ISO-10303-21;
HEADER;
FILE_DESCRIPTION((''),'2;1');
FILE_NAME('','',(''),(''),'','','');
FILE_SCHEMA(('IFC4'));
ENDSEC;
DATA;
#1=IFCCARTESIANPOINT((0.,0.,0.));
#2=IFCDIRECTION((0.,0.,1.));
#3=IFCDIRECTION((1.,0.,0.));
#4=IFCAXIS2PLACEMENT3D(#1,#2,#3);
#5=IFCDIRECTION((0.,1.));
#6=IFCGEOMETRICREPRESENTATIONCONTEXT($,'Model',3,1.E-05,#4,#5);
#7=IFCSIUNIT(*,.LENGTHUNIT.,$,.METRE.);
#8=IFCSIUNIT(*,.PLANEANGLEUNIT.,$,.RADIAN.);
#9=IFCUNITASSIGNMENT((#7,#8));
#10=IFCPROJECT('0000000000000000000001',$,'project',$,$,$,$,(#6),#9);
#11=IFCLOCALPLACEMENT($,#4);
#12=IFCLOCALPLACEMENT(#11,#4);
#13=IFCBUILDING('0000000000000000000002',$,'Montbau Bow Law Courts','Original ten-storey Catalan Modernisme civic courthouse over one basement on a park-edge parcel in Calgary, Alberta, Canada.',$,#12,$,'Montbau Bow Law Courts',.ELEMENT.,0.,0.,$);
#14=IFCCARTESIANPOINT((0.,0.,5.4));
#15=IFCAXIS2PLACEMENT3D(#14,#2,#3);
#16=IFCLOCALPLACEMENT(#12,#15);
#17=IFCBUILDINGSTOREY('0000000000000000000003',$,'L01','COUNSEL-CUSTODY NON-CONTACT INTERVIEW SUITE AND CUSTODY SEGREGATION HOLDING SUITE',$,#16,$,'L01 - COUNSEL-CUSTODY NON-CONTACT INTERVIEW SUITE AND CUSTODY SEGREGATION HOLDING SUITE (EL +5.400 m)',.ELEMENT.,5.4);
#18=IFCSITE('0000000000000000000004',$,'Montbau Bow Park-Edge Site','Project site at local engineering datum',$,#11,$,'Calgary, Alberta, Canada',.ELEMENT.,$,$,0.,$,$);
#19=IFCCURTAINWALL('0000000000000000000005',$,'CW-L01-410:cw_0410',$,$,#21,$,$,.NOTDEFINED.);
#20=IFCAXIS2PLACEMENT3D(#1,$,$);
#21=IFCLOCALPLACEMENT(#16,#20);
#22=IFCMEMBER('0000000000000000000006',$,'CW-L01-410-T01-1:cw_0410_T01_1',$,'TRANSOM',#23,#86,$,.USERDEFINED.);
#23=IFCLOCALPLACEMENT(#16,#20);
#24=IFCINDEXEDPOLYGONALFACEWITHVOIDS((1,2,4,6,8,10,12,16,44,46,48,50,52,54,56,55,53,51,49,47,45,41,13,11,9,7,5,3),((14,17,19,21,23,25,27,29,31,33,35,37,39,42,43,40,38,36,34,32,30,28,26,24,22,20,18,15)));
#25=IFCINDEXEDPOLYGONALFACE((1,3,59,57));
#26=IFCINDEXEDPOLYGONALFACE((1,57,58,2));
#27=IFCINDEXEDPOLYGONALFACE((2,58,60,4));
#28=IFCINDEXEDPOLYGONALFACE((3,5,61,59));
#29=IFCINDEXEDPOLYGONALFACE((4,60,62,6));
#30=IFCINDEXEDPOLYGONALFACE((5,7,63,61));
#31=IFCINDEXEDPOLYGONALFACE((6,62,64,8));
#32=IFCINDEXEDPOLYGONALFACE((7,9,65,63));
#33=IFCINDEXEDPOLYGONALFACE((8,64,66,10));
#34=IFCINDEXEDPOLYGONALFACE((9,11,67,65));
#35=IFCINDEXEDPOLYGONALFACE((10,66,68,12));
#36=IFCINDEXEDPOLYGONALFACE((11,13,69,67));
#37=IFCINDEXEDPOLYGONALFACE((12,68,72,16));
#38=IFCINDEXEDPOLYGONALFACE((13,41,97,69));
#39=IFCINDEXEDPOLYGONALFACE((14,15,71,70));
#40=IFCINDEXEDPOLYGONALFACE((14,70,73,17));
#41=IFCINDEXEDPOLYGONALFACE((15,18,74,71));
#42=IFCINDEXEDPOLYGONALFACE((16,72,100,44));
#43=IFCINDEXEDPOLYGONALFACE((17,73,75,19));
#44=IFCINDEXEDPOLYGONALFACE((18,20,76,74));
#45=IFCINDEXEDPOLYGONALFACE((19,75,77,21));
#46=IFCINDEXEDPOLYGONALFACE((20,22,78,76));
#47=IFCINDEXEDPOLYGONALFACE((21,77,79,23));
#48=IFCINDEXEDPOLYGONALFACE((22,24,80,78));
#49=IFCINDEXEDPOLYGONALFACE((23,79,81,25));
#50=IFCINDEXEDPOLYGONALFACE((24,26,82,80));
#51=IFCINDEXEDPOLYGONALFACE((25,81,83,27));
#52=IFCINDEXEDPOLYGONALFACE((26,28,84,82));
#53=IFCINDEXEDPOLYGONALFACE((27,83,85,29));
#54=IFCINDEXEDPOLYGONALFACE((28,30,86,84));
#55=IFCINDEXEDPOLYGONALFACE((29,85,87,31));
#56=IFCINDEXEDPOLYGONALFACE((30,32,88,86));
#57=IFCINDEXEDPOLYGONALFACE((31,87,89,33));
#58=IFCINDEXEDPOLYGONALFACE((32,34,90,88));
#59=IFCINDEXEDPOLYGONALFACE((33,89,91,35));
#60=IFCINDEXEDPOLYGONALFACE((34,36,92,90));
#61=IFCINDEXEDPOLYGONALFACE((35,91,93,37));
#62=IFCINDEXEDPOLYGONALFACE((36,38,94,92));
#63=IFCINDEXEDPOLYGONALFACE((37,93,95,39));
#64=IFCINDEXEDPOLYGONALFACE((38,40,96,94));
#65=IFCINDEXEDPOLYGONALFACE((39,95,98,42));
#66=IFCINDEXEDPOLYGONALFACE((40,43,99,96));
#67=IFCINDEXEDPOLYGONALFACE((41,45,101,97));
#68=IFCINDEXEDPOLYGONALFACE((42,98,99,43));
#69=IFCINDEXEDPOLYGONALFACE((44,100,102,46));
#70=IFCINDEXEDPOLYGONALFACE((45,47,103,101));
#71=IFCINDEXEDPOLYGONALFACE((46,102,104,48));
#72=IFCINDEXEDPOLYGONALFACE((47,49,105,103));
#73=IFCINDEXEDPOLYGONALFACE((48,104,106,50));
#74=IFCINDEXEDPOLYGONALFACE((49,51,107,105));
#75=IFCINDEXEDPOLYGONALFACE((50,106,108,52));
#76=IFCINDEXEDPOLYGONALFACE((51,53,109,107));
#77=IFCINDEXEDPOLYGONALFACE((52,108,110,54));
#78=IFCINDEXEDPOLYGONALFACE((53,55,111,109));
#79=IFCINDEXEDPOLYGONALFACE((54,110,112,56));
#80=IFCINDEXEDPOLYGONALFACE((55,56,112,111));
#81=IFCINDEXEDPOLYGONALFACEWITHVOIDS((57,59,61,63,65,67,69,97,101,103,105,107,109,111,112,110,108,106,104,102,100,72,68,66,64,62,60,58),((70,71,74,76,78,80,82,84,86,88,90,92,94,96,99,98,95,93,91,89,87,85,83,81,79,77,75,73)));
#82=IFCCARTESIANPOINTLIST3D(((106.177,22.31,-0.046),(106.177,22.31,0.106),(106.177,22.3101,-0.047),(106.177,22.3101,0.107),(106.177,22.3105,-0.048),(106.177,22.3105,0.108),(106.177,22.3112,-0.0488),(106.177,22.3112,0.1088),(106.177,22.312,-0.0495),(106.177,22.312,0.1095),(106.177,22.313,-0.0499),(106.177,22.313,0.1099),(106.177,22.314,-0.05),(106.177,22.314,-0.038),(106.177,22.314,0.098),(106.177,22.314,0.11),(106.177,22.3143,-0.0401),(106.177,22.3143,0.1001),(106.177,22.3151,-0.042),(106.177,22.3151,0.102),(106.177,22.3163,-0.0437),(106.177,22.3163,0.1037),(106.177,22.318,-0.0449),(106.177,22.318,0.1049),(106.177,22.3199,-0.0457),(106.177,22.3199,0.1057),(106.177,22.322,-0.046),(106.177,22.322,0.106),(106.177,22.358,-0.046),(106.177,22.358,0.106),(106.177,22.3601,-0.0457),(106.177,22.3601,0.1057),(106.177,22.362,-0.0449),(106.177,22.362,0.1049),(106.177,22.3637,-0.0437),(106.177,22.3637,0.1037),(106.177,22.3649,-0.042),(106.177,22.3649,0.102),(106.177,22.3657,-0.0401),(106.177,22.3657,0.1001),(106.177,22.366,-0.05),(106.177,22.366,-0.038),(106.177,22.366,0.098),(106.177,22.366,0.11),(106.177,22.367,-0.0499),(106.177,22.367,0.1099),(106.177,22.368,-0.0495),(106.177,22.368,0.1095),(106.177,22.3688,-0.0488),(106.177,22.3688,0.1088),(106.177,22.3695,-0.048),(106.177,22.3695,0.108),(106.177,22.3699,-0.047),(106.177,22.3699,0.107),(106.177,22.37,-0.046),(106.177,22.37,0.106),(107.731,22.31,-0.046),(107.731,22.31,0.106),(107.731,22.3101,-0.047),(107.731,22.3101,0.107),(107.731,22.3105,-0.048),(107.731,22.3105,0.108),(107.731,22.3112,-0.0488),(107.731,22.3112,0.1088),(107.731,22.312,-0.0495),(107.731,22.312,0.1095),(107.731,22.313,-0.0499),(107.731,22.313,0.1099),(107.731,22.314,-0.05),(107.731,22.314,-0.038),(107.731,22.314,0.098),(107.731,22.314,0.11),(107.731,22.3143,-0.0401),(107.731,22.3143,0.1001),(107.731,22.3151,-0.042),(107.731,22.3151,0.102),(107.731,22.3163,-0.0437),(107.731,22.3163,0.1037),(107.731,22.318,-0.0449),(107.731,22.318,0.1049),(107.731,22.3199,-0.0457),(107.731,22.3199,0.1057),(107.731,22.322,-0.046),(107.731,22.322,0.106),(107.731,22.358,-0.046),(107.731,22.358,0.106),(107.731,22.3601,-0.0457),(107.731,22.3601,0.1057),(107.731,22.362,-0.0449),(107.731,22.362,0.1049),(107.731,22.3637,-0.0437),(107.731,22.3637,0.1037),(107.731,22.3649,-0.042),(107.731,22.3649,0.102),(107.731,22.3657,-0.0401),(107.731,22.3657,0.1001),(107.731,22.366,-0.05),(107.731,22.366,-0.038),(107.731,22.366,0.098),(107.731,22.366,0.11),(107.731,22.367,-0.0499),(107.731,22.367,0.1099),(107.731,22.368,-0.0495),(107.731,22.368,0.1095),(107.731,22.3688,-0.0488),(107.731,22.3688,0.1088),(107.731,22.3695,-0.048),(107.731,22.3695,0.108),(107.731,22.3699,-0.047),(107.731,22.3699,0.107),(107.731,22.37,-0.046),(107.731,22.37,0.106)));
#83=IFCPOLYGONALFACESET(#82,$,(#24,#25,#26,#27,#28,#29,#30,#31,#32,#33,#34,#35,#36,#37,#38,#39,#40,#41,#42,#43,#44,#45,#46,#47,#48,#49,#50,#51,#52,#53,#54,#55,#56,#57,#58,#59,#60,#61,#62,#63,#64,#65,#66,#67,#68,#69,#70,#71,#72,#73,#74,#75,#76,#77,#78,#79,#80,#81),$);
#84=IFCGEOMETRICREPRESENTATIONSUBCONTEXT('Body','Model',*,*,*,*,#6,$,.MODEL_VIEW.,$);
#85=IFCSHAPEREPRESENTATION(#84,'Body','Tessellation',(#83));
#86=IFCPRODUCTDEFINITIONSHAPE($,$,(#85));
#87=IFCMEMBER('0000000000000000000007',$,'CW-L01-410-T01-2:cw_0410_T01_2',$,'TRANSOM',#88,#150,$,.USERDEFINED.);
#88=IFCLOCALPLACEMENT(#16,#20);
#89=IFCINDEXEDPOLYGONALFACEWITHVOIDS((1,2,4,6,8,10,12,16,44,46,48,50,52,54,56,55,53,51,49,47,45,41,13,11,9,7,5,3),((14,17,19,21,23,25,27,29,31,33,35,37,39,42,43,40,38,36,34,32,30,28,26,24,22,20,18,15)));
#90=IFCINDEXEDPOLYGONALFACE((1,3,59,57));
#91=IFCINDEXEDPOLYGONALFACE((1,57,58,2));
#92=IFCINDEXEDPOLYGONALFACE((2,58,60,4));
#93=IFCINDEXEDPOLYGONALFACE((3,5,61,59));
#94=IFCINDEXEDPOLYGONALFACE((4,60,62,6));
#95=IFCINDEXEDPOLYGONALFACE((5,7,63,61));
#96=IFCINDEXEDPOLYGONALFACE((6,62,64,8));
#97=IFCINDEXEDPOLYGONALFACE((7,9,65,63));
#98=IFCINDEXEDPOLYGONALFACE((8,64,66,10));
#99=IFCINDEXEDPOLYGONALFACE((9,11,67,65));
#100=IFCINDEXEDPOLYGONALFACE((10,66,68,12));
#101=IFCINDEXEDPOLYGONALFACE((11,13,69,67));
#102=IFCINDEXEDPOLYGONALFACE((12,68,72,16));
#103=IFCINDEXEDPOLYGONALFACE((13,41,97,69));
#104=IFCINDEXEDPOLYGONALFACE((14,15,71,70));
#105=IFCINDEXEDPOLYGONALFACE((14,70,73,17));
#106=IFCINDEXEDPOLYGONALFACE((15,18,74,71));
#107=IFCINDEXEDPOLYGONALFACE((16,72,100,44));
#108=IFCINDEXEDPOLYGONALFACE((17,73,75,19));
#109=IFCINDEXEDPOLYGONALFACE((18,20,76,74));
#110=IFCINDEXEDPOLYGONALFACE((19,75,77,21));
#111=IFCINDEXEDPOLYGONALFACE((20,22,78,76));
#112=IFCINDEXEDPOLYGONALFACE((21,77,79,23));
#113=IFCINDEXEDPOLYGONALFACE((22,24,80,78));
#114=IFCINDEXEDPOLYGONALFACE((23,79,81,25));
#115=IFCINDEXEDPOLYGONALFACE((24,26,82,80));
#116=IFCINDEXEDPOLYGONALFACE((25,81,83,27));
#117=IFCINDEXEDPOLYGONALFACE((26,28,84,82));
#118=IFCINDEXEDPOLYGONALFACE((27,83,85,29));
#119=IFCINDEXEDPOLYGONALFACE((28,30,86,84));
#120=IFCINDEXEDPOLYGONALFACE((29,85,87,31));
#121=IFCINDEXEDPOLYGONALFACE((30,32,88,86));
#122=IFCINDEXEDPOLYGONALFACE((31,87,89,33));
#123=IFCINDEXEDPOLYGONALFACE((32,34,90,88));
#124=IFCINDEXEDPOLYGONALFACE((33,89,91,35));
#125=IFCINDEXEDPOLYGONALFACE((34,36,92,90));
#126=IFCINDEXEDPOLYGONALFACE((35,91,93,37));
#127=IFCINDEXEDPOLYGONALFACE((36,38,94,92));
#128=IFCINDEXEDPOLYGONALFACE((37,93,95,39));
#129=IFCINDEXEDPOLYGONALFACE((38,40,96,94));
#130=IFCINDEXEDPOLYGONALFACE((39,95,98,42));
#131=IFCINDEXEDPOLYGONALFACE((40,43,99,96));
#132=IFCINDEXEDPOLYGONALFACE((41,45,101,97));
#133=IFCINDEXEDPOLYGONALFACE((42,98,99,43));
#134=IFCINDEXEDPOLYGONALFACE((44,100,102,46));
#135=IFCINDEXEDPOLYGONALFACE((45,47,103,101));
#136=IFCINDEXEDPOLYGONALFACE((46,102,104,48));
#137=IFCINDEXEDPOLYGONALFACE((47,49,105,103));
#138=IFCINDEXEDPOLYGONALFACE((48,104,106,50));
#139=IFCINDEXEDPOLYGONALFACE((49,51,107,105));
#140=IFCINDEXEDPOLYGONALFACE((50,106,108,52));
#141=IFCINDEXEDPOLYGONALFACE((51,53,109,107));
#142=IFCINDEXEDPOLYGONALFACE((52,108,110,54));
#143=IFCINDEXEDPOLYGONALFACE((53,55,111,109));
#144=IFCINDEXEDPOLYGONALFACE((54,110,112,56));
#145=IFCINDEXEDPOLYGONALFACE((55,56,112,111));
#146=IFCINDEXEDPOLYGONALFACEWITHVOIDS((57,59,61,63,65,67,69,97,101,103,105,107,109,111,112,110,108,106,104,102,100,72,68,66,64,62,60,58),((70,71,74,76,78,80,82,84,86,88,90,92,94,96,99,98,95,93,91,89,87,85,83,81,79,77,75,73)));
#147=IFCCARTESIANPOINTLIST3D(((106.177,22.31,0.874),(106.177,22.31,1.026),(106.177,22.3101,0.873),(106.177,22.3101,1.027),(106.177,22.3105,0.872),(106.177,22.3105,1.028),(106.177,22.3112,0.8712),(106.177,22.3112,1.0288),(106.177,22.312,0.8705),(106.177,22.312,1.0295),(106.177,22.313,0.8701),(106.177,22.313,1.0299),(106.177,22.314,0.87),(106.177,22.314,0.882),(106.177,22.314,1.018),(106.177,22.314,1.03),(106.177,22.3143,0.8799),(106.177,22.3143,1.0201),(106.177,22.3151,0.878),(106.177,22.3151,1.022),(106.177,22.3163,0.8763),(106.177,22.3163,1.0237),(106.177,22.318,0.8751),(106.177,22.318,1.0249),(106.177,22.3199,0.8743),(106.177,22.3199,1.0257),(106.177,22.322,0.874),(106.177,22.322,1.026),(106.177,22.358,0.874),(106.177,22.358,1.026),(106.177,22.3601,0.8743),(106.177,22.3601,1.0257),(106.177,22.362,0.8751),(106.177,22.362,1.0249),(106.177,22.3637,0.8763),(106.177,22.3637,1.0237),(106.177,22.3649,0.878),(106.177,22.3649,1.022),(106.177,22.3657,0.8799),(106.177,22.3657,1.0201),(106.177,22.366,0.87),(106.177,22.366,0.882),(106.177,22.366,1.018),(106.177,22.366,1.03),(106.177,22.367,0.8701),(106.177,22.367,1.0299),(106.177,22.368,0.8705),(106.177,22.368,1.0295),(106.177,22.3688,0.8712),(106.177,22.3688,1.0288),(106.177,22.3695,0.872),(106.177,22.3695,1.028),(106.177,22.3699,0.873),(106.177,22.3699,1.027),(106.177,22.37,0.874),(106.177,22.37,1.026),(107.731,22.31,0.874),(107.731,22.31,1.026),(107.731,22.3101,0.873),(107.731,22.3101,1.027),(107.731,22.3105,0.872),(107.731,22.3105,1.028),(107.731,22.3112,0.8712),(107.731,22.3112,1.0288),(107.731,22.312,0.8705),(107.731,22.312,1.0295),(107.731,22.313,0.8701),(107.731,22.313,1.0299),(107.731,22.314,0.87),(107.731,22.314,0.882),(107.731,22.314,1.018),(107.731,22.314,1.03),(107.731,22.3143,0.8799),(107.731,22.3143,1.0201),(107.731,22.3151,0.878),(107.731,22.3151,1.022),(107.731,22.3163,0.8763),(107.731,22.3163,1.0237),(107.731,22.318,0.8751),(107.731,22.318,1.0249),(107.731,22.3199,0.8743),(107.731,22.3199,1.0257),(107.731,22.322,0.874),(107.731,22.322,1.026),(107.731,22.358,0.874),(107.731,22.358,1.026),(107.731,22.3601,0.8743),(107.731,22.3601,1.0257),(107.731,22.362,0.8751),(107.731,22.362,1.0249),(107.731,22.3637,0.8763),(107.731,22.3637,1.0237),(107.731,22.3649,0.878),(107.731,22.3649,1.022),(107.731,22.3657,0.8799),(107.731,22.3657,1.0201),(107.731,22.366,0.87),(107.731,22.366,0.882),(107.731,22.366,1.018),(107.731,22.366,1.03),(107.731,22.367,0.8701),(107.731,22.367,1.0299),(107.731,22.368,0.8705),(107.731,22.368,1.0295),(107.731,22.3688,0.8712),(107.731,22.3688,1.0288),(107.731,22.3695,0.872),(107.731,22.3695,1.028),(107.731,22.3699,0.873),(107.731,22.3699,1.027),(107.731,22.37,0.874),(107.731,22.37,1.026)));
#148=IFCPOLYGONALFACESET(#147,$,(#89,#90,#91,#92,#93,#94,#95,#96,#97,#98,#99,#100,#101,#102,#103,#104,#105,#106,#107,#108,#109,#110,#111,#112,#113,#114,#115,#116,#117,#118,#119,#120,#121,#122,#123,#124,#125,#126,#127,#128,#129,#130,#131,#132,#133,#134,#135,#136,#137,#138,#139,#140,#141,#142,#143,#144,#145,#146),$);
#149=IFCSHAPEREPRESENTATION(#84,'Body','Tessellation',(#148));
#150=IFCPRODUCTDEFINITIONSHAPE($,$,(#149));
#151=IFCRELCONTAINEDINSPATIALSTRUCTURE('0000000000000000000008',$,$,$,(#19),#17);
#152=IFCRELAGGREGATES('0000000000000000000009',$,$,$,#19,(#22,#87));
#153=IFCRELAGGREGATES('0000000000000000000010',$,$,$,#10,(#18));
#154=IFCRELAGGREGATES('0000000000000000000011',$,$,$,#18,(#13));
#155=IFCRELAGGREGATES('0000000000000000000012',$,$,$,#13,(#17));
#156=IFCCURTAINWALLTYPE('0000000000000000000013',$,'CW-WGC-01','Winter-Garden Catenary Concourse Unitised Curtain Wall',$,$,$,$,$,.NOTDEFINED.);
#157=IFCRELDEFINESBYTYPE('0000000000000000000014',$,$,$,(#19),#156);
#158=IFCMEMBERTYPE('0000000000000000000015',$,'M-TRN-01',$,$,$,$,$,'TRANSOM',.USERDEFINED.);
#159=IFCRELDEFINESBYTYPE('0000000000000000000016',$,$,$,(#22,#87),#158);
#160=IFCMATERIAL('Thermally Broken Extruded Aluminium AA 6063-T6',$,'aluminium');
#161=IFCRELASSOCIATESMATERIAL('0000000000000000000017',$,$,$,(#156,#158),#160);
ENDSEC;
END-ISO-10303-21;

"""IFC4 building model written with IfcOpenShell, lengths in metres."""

from ifc_helpers import new_model, si_unit, direction, frame, origin_with_axes, origin_2d_with_axis, place, context, subcontext, project, spatial, hollow_rectangle, extrude, material, material_profile, profile_set, type_object, element, aggregate, save


model = new_model("IFC4")

# Units and contexts
model_context = context("Model", 3, precision=1e-05, world=origin_with_axes(), true_north=direction((0.0, 1.0)))
body_context = subcontext(model_context, "Body", "Model", "MODEL_VIEW")
ifc_project = project(units=[si_unit("LENGTHUNIT", "METRE"), si_unit("PLANEANGLEUNIT", "RADIAN")], contexts=[model_context])

# Site, building, storey
site_placement = place(None, origin_with_axes())
site = spatial("IfcSite", under=ifc_project, at=site_placement, Name="Montbau Bow Park-Edge Site", Description="Project site at local engineering datum", LongName="Calgary, Alberta, Canada", CompositionType="ELEMENT", RefElevation=0.0)
building_placement = place(site_placement, origin_with_axes())
building = spatial("IfcBuilding", under=site, at=building_placement, Name="Montbau Bow Law Courts", Description="Original ten-storey Catalan Modernisme civic courthouse over one basement on a park-edge parcel in Calgary, Alberta, Canada.", LongName="Montbau Bow Law Courts", CompositionType="ELEMENT", ElevationOfRefHeight=0.0, ElevationOfTerrain=0.0)
storey_placement = place(building_placement, frame((0.0, 0.0, 5.4), z_axis=(0.0, 0.0, 1.0), x_axis=(1.0, 0.0, 0.0)))
storey = spatial("IfcBuildingStorey", under=building, at=storey_placement, Name="L01", Description="COUNSEL-CUSTODY NON-CONTACT INTERVIEW SUITE AND CUSTODY SEGREGATION HOLDING SUITE", LongName="L01 - COUNSEL-CUSTODY NON-CONTACT INTERVIEW SUITE AND CUSTODY SEGREGATION HOLDING SUITE (EL +5.400 m)", CompositionType="ELEMENT", Elevation=5.4)

# Shared definitions
ifc_material_1 = material(Name="Thermally Broken Extruded Aluminium AA 6063-T6", Category="aluminium")
curtain_wall_type_1 = type_object("IfcCurtainWallType", Name="CW-WGC-01", Description="Winter-Garden Catenary Concourse Unitised Curtain Wall", PredefinedType="NOTDEFINED", material=ifc_material_1)

# Curtain wall, members
curtain_wall_1_placement = place(None, frame((106.115, 22.34, 5.4), z_axis=(0.0, 0.0, 1.0), x_axis=(1.0, 0.0, 0.0)))
curtain_wall_1 = element("IfcCurtainWall", 1, at=curtain_wall_1_placement, inside=storey, type_object=curtain_wall_type_1, Name="CW-L01-410:cw_0410", PredefinedType="NOTDEFINED")
ifc_material_profile_1 = material_profile(ifc_material_1, hollow_rectangle(XDim=0.06, YDim=0.16, WallThickness=0.004, InnerFilletRadius=0.008, OuterFilletRadius=0.004, at=origin_2d_with_axis()), Name="CWT-160X60", Category="Main", Priority=0)
ifc_profile_set_1 = profile_set([ifc_material_profile_1], Name="Thermally Broken Extruded Aluminium AA 6063-T6")
member_type_1 = type_object("IfcMemberType", Name="M-TRN-01", ElementType="TRANSOM", PredefinedType="USERDEFINED", material=ifc_profile_set_1)
member_1_placement = place(None, frame((106.177, 22.34, 5.43), z_axis=(1.0, 0.0, 0.0), x_axis=(0.0, 1.0, 0.0)))
member_1 = element("IfcMember", 2, at=member_1_placement, type_object=member_type_1, Name="CW-L01-410-T01-1:cw_0410_T01_1", ObjectType="TRANSOM", PredefinedType="USERDEFINED", context=body_context, shape_type="SweptSolid", body=[
    extrude(hollow_rectangle(XDim=0.06, YDim=0.16, WallThickness=0.004, InnerFilletRadius=0.008, OuterFilletRadius=0.004, at=origin_2d_with_axis()), origin_with_axes(), (0.0, 0.0, 1.0), 1.554),
])
member_2_placement = place(None, frame((106.177, 22.34, 6.35), z_axis=(1.0, 0.0, 0.0), x_axis=(0.0, 1.0, 0.0)))
member_2 = element("IfcMember", 3, at=member_2_placement, type_object=member_type_1, Name="CW-L01-410-T01-2:cw_0410_T01_2", ObjectType="TRANSOM", PredefinedType="USERDEFINED", context=body_context, shape_type="SweptSolid", body=[
    extrude(hollow_rectangle(XDim=0.06, YDim=0.16, WallThickness=0.004, InnerFilletRadius=0.008, OuterFilletRadius=0.004, at=origin_2d_with_axis()), origin_with_axes(), (0.0, 0.0, 1.0), 1.554),
])

aggregate(curtain_wall_1, [member_1, member_2])

save(model, "model.ifc")
